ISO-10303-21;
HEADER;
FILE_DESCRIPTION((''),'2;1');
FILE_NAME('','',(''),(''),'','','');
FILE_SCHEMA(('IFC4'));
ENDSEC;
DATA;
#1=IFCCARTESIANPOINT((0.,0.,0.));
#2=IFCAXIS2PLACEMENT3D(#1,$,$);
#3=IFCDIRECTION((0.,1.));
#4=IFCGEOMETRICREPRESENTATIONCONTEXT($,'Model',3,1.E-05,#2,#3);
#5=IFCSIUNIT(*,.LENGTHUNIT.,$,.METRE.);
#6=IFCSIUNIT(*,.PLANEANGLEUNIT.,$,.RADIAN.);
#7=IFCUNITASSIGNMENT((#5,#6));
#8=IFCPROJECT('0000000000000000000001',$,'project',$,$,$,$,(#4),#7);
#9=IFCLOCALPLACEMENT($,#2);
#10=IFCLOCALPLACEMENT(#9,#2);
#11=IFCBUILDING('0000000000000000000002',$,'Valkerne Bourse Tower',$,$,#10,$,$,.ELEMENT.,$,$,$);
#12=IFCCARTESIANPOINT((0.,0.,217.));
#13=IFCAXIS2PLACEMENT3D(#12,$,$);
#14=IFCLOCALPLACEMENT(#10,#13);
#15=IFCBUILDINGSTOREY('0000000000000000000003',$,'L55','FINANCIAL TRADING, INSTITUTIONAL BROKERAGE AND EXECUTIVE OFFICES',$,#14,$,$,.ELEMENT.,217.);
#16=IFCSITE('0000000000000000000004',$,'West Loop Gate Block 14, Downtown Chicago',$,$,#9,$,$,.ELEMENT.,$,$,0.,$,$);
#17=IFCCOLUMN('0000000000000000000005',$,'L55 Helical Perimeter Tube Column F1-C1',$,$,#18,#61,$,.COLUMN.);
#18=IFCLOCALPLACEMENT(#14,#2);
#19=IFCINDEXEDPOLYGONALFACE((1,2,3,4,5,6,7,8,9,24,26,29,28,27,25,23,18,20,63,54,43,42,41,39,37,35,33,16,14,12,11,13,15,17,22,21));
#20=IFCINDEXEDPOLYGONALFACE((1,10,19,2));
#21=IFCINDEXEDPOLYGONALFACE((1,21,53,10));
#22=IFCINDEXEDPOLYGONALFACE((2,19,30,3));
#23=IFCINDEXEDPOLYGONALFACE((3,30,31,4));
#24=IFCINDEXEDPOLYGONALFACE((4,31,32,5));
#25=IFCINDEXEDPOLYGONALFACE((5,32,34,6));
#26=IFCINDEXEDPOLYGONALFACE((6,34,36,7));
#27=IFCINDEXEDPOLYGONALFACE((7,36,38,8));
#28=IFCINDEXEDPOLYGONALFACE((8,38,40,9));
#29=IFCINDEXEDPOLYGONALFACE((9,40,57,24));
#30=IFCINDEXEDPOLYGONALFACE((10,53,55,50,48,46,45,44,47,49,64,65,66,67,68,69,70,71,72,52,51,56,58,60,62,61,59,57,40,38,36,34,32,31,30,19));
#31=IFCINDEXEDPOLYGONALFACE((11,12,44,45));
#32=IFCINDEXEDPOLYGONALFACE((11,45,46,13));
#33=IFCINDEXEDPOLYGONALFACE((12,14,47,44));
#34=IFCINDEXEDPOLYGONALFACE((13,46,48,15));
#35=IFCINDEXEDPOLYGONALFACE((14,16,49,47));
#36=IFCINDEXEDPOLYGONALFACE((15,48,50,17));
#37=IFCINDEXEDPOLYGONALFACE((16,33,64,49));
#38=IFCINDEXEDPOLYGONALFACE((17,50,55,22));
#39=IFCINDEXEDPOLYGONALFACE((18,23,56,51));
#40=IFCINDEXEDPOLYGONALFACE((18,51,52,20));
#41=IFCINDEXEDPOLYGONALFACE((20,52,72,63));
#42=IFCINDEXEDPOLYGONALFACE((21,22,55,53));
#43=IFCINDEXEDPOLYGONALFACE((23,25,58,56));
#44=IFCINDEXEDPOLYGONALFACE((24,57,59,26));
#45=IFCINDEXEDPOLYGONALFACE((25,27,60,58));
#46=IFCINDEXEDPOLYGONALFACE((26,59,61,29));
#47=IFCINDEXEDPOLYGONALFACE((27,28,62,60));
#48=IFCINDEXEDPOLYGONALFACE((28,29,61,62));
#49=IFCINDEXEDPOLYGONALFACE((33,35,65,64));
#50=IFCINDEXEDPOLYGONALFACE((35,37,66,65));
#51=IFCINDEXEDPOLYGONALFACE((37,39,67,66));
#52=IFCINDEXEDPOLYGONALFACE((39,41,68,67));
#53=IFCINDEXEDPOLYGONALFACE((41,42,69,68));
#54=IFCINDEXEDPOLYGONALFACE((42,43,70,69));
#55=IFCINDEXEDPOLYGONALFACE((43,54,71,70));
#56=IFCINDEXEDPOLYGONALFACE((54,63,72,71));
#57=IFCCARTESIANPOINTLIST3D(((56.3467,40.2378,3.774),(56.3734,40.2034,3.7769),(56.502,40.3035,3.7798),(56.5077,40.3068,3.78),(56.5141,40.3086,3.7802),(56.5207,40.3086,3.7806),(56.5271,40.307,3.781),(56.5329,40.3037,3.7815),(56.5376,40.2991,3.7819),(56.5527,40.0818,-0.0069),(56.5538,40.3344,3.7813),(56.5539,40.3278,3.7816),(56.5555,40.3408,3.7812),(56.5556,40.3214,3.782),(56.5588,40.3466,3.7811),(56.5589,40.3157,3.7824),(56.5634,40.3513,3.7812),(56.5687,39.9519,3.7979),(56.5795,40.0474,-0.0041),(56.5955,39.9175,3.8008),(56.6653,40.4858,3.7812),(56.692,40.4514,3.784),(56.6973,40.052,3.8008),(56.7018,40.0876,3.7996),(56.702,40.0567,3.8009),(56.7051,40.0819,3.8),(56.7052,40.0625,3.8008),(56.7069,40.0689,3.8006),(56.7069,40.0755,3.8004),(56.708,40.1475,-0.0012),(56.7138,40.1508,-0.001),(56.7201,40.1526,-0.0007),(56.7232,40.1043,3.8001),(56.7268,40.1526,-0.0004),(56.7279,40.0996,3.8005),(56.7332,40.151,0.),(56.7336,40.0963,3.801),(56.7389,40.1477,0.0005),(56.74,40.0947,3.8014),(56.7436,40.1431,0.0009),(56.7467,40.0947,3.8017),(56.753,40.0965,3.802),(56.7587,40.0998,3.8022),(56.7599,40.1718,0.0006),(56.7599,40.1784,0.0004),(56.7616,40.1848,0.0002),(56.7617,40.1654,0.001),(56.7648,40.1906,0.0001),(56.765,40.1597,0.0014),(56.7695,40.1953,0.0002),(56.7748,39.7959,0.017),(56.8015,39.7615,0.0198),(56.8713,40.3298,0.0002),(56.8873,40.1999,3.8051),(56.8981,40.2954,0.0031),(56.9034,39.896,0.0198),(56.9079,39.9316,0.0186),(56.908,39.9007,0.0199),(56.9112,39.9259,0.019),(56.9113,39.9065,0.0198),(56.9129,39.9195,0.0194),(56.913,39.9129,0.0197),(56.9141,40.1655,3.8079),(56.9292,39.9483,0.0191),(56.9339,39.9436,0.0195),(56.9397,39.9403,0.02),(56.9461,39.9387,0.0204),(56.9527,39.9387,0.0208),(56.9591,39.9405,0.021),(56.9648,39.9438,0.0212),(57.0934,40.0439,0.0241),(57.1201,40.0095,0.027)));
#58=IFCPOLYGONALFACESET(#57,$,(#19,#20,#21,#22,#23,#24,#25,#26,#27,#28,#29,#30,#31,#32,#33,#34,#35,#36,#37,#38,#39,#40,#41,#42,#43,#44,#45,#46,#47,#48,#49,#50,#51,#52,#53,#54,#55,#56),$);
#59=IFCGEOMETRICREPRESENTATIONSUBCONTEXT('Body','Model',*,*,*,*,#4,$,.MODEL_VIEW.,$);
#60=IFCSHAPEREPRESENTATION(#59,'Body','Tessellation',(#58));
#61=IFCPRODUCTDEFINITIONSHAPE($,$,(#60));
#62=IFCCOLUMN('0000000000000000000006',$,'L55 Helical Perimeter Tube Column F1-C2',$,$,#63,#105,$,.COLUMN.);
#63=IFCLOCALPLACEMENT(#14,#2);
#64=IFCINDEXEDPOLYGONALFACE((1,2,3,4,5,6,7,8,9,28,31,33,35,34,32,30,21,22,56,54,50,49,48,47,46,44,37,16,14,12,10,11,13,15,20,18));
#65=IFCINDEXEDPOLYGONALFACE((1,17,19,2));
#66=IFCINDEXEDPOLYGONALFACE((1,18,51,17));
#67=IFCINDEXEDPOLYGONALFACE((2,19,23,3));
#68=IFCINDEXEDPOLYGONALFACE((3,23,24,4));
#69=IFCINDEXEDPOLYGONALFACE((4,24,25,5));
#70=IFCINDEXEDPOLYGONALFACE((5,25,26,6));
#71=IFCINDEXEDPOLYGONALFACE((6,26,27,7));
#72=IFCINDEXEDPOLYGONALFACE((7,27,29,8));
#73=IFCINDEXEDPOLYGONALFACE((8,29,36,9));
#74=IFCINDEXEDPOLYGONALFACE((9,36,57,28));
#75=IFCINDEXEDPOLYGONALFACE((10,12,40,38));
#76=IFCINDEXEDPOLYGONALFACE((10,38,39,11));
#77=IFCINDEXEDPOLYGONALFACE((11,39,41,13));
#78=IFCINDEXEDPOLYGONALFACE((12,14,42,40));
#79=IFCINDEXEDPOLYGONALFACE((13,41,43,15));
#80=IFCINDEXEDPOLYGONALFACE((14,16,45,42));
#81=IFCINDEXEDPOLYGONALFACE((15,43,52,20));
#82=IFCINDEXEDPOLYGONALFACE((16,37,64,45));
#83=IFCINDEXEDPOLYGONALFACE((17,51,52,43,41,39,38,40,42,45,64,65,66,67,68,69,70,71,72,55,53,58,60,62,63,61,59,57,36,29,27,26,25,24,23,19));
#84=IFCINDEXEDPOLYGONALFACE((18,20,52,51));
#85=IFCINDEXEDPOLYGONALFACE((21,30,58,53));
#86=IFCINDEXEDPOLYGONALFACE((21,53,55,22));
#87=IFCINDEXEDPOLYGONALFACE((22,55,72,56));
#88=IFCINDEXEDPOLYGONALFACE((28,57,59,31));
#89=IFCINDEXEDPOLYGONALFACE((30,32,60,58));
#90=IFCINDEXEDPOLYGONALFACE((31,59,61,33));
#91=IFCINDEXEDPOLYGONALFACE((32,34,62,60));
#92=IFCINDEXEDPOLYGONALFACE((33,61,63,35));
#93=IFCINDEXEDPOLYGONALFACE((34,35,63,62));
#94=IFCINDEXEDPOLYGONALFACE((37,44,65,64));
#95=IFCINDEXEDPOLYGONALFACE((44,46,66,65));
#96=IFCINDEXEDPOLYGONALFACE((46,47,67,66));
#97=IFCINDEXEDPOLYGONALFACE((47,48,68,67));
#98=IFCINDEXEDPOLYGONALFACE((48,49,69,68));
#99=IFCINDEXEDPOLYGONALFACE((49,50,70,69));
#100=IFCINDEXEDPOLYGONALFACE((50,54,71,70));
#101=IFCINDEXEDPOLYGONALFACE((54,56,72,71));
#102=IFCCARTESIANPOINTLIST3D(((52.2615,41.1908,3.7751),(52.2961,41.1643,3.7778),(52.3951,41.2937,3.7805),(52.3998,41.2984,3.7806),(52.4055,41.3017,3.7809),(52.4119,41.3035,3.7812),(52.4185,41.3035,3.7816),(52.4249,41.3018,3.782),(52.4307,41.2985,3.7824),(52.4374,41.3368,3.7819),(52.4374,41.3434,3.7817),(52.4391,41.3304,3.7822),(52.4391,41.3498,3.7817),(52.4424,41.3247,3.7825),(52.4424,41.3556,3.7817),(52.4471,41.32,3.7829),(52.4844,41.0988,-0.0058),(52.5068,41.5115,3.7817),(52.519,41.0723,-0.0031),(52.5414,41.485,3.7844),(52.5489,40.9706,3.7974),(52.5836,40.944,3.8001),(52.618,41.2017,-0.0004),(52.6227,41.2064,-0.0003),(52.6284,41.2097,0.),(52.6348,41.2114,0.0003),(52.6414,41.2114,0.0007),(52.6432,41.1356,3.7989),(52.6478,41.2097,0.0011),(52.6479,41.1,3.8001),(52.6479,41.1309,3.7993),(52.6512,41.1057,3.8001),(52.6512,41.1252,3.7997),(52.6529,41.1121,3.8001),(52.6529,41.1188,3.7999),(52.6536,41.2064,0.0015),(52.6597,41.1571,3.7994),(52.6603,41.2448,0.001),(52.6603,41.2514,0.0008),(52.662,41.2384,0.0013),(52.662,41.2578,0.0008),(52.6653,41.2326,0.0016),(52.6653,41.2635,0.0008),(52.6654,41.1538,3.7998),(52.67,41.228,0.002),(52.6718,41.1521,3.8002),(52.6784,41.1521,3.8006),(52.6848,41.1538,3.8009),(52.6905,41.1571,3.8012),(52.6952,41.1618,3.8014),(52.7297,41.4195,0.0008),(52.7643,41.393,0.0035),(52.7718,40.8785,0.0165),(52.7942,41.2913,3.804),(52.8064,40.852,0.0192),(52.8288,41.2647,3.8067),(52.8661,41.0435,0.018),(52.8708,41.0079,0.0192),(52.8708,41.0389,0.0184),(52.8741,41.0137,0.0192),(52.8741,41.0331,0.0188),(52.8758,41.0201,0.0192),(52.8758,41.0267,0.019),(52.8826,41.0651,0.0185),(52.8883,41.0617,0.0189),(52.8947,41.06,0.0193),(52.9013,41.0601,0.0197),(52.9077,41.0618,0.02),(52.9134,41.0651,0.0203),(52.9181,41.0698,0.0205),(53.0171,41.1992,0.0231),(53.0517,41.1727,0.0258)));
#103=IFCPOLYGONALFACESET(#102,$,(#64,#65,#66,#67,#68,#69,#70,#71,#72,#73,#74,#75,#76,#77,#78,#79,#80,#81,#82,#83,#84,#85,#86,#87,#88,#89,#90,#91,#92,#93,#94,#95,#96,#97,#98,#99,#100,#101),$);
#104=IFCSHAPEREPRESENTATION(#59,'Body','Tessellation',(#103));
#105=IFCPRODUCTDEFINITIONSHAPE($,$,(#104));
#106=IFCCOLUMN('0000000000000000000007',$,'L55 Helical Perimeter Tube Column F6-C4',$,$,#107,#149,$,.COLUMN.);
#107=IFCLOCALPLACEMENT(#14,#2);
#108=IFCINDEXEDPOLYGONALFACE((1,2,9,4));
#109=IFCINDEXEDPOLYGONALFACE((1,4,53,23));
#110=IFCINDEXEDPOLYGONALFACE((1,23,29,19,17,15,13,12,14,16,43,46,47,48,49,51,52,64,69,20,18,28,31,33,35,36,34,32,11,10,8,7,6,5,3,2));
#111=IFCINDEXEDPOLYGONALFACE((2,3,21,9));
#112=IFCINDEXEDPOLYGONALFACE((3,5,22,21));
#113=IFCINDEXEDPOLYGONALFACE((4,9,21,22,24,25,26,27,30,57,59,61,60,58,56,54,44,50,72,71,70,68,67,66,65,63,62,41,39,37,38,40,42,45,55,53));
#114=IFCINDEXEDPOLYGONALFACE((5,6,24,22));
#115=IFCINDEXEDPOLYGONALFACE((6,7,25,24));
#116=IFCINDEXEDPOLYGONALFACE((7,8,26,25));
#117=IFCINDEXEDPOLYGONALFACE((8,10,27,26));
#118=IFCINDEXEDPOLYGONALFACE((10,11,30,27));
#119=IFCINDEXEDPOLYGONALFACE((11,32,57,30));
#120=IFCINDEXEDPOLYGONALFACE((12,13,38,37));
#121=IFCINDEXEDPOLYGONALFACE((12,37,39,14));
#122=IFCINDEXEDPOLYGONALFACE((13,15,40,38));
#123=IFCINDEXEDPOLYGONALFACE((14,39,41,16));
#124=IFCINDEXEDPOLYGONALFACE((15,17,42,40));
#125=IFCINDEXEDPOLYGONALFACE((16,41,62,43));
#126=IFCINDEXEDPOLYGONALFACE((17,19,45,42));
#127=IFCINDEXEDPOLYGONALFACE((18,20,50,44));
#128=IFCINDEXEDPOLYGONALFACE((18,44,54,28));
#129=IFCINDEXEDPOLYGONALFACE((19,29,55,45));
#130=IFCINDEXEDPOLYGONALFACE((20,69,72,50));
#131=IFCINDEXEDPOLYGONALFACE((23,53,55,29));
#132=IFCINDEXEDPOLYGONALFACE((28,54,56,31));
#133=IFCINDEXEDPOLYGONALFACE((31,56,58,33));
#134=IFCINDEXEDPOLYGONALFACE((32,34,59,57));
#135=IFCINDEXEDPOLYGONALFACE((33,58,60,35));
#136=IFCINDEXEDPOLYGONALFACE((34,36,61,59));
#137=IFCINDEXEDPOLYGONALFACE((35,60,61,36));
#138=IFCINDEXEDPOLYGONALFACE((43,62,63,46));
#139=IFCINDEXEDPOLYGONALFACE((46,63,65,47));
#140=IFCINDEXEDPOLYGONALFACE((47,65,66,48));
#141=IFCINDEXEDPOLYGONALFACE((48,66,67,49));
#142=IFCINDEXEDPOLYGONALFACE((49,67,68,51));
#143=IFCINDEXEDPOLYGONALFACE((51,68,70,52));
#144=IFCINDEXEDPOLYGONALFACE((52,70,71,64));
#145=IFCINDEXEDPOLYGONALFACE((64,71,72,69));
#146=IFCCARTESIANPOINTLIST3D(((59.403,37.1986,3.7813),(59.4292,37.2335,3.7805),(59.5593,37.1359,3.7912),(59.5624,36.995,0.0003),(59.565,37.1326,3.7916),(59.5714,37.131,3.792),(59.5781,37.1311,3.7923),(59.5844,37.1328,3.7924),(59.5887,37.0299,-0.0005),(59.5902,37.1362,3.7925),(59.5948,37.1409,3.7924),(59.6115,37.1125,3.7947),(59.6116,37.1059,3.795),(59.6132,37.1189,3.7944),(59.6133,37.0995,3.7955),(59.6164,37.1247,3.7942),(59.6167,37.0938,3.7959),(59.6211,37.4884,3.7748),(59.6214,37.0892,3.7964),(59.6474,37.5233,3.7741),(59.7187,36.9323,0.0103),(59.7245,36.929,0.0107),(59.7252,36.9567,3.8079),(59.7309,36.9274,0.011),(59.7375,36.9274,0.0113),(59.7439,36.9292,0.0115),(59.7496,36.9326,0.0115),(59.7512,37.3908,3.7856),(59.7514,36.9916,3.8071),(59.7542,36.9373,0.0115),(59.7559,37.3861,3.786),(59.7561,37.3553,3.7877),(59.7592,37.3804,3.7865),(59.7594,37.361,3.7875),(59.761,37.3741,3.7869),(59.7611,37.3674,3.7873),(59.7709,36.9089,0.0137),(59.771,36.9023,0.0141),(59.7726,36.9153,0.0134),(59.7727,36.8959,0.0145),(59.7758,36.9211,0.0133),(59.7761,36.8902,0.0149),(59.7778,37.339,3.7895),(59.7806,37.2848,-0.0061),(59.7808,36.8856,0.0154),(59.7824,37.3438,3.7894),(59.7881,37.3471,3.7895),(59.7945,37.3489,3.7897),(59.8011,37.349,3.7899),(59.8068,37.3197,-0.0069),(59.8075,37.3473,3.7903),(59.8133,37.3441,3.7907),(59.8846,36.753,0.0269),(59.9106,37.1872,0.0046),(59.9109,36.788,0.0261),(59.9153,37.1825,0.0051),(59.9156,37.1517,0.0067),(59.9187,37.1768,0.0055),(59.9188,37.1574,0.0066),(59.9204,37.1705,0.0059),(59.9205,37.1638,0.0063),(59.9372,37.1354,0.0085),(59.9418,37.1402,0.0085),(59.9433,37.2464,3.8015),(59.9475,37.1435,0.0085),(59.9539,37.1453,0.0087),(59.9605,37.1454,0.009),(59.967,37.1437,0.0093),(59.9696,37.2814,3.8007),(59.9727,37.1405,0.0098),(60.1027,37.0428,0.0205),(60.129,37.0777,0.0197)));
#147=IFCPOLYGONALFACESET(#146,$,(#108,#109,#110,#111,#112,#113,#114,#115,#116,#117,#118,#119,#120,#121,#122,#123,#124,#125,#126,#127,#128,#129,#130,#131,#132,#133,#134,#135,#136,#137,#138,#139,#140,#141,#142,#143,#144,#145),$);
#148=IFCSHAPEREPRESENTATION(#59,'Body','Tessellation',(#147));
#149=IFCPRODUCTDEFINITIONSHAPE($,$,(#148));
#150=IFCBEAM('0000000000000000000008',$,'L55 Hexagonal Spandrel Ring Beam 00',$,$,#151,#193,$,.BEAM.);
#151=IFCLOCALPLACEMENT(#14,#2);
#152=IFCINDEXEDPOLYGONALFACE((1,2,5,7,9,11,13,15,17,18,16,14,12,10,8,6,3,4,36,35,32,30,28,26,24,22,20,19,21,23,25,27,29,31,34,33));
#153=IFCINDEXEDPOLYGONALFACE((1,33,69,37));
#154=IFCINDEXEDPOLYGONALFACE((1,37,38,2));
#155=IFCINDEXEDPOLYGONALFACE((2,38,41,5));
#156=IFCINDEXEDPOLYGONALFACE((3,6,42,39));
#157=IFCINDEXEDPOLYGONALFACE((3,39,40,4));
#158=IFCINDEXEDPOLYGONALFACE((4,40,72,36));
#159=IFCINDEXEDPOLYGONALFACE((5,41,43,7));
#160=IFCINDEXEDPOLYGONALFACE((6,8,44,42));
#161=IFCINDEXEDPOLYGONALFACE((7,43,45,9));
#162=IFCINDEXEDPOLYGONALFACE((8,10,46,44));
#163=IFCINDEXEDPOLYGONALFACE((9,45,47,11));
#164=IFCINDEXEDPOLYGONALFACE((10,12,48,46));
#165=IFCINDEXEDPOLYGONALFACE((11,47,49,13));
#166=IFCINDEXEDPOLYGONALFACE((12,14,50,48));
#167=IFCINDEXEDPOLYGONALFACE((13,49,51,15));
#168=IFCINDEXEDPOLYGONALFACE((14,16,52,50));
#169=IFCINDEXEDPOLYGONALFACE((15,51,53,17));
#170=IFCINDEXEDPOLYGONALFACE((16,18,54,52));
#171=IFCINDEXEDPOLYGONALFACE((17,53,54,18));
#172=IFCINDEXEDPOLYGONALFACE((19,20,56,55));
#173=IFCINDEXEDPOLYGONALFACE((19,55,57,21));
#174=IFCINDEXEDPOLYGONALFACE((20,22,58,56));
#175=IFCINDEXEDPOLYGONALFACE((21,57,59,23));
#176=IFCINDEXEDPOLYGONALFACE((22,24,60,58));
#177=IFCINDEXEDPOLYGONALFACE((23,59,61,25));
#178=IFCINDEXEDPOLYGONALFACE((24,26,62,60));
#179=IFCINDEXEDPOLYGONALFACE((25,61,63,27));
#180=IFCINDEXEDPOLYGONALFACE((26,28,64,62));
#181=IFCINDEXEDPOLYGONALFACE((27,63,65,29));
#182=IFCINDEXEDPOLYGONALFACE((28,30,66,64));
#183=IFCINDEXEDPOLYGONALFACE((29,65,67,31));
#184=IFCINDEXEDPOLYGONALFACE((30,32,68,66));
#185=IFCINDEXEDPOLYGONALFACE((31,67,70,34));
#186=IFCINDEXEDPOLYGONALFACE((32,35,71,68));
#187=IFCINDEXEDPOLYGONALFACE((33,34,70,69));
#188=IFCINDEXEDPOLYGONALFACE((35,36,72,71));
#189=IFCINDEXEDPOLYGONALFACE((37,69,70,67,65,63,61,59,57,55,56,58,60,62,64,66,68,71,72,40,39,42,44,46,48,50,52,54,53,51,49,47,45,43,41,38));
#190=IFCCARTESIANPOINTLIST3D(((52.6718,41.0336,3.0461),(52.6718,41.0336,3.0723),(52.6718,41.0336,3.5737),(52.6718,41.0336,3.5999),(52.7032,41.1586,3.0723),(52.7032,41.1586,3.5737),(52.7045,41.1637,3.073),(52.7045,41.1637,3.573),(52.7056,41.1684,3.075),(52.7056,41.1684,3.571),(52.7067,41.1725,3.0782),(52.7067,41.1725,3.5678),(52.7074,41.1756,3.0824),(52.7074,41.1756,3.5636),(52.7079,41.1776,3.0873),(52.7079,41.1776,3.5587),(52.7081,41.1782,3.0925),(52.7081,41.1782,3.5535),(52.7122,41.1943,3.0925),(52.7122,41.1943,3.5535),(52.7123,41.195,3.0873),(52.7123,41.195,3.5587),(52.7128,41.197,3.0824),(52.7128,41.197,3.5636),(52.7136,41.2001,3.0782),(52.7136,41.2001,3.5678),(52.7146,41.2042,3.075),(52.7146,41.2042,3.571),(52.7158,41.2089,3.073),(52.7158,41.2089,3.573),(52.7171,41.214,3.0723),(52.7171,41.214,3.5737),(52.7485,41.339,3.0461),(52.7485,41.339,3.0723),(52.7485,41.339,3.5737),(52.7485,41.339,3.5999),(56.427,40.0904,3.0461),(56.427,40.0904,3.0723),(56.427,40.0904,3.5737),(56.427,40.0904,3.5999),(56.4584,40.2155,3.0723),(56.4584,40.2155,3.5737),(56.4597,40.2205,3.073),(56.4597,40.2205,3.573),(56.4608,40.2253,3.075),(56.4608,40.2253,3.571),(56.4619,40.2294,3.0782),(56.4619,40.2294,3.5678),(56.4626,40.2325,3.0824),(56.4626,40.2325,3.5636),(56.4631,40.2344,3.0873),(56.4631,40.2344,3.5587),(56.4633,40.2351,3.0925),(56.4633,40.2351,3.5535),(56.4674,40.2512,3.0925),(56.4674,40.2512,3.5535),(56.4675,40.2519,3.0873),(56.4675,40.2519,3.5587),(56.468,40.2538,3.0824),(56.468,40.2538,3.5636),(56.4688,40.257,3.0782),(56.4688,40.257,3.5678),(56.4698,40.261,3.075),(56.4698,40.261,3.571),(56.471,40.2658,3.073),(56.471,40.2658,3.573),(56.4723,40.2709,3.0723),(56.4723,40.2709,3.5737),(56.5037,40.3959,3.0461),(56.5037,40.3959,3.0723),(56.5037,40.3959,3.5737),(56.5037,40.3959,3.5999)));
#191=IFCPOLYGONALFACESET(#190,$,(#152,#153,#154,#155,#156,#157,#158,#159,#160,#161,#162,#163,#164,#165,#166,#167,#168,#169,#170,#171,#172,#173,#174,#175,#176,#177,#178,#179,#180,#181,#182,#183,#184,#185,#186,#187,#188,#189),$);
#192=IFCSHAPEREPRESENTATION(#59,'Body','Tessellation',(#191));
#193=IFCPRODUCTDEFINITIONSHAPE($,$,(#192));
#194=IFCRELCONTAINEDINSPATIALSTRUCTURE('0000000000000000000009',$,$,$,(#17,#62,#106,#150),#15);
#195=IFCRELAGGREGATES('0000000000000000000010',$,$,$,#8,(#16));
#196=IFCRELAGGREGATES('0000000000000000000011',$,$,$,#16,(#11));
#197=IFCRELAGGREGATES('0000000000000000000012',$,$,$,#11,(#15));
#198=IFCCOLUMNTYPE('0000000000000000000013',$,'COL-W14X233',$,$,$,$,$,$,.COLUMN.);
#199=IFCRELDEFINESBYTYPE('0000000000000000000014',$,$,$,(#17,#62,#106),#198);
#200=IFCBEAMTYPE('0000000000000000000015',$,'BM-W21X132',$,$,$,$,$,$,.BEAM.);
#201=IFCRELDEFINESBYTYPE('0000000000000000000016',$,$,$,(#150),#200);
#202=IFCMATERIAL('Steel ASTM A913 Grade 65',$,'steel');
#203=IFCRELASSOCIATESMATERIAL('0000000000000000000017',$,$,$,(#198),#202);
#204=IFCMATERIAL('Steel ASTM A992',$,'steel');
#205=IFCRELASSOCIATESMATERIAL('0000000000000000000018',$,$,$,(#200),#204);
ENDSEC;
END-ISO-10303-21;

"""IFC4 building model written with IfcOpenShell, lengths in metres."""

from ifc_helpers import new_model, si_unit, direction, frame, origin, origin_2d, place, context, subcontext, project, spatial, i_section, extrude, material, material_profile, profile_set, type_object, element, save


model = new_model("IFC4")

# Units and contexts
model_context = context("Model", 3, precision=1e-05, world=origin(), true_north=direction((0.0, 1.0)))
body_context = subcontext(model_context, "Body", "Model", "MODEL_VIEW")
ifc_project = project(units=[si_unit("LENGTHUNIT", "METRE"), si_unit("PLANEANGLEUNIT", "RADIAN")], contexts=[model_context])

# Site, building, storey
site_placement = place(None, origin())
site = spatial("IfcSite", under=ifc_project, at=site_placement, Name="West Loop Gate Block 14, Downtown Chicago", CompositionType="ELEMENT", RefElevation=0.0)
building_placement = place(site_placement, origin())
building = spatial("IfcBuilding", under=site, at=building_placement, Name="Valkerne Bourse Tower", CompositionType="ELEMENT")
storey_placement = place(building_placement, frame((0.0, 0.0, 217.0)))
storey = spatial("IfcBuildingStorey", under=building, at=storey_placement, Name="L55", Description="FINANCIAL TRADING, INSTITUTIONAL BROKERAGE AND EXECUTIVE OFFICES", CompositionType="ELEMENT", Elevation=217.0)

# Columns
ifc_material_1 = material(Name="Steel ASTM A913 Grade 65", Category="steel")
ifc_material_profile_1 = material_profile(ifc_material_1, i_section(OverallWidth=0.4038, OverallDepth=0.4065, WebThickness=0.0271, FlangeThickness=0.0437, FilletRadius=0.0254, at=origin_2d()), Name="W14X233")
ifc_profile_set_1 = profile_set([ifc_material_profile_1], Name="Steel ASTM A913 Grade 65")
column_type = type_object("IfcColumnType", Name="COL-W14X233", PredefinedType="COLUMN", material=ifc_profile_set_1)
column_1_placement = place(storey_placement, frame((56.8364, 40.0457, 0.01), z_axis=(-0.05437, 0.041164, 0.997672), x_axis=(0.788922, 0.61424, 0.01765)))
element("IfcColumn", 1, at=column_1_placement, inside=storey, type_object=column_type, Name="L55 Helical Perimeter Tube Column F1-C1", PredefinedType="COLUMN", context=body_context, shape_type="SweptSolid", body=[
    extrude(i_section(OverallWidth=0.4038, OverallDepth=0.4065, WebThickness=0.0271, FlangeThickness=0.0437, FilletRadius=0.0254, at=origin_2d()), origin(), (0.0, 0.0, 1.0), 3.7898),
])
column_2_placement = place(storey_placement, frame((52.7681, 41.1357, 0.01), z_axis=(-0.058833, 0.024294, 0.997972), x_axis=(0.607403, 0.794223, 0.016474)))
element("IfcColumn", 2, at=column_2_placement, inside=storey, type_object=column_type, Name="L55 Helical Perimeter Tube Column F1-C2", PredefinedType="COLUMN", context=body_context, shape_type="SweptSolid", body=[
    extrude(i_section(OverallWidth=0.4038, OverallDepth=0.4065, WebThickness=0.0271, FlangeThickness=0.0437, FilletRadius=0.0254, at=origin_2d()), origin(), (0.0, 0.0, 1.0), 3.7886),
])
column_3_placement = place(storey_placement, frame((59.8457, 37.0364, 0.01), z_axis=(-0.042066, 0.053726, 0.997669), x_axis=(0.797877, -0.599206, 0.06591)))
element("IfcColumn", 3, at=column_3_placement, inside=storey, type_object=column_type, Name="L55 Helical Perimeter Tube Column F6-C4", PredefinedType="COLUMN", context=body_context, shape_type="SweptSolid", body=[
    extrude(i_section(OverallWidth=0.4038, OverallDepth=0.4065, WebThickness=0.0271, FlangeThickness=0.0437, FilletRadius=0.0254, at=origin_2d()), origin(), (0.0, 0.0, 1.0), 3.7898),
])

# Beam
ifc_material_2 = material(Name="Steel ASTM A992", Category="steel")
ifc_material_profile_2 = material_profile(ifc_material_2, i_section(OverallWidth=0.3149, OverallDepth=0.5537, WebThickness=0.0166, FlangeThickness=0.0261, FilletRadius=0.0203, at=origin_2d()), Name="W21X132")
ifc_profile_set_2 = profile_set([ifc_material_profile_2], Name="Steel ASTM A992")
beam_type = type_object("IfcBeamType", Name="BM-W21X132", PredefinedType="BEAM", material=ifc_profile_set_2)
beam_1_placement = place(storey_placement, frame((56.4653, 40.2432, 3.323), z_axis=(-0.969879, 0.243589, 0.0), x_axis=(-0.243589, -0.969879, 0.0)))
element("IfcBeam", 4, at=beam_1_placement, inside=storey, type_object=beam_type, Name="L55 Hexagonal Spandrel Ring Beam 00", PredefinedType="BEAM", context=body_context, shape_type="SweptSolid", body=[
    extrude(i_section(OverallWidth=0.3149, OverallDepth=0.5537, WebThickness=0.0166, FlangeThickness=0.0261, FilletRadius=0.0203, at=origin_2d()), origin(), (0.0, 0.0, 1.0), 3.8718),
])

save(model, "model.ifc")
